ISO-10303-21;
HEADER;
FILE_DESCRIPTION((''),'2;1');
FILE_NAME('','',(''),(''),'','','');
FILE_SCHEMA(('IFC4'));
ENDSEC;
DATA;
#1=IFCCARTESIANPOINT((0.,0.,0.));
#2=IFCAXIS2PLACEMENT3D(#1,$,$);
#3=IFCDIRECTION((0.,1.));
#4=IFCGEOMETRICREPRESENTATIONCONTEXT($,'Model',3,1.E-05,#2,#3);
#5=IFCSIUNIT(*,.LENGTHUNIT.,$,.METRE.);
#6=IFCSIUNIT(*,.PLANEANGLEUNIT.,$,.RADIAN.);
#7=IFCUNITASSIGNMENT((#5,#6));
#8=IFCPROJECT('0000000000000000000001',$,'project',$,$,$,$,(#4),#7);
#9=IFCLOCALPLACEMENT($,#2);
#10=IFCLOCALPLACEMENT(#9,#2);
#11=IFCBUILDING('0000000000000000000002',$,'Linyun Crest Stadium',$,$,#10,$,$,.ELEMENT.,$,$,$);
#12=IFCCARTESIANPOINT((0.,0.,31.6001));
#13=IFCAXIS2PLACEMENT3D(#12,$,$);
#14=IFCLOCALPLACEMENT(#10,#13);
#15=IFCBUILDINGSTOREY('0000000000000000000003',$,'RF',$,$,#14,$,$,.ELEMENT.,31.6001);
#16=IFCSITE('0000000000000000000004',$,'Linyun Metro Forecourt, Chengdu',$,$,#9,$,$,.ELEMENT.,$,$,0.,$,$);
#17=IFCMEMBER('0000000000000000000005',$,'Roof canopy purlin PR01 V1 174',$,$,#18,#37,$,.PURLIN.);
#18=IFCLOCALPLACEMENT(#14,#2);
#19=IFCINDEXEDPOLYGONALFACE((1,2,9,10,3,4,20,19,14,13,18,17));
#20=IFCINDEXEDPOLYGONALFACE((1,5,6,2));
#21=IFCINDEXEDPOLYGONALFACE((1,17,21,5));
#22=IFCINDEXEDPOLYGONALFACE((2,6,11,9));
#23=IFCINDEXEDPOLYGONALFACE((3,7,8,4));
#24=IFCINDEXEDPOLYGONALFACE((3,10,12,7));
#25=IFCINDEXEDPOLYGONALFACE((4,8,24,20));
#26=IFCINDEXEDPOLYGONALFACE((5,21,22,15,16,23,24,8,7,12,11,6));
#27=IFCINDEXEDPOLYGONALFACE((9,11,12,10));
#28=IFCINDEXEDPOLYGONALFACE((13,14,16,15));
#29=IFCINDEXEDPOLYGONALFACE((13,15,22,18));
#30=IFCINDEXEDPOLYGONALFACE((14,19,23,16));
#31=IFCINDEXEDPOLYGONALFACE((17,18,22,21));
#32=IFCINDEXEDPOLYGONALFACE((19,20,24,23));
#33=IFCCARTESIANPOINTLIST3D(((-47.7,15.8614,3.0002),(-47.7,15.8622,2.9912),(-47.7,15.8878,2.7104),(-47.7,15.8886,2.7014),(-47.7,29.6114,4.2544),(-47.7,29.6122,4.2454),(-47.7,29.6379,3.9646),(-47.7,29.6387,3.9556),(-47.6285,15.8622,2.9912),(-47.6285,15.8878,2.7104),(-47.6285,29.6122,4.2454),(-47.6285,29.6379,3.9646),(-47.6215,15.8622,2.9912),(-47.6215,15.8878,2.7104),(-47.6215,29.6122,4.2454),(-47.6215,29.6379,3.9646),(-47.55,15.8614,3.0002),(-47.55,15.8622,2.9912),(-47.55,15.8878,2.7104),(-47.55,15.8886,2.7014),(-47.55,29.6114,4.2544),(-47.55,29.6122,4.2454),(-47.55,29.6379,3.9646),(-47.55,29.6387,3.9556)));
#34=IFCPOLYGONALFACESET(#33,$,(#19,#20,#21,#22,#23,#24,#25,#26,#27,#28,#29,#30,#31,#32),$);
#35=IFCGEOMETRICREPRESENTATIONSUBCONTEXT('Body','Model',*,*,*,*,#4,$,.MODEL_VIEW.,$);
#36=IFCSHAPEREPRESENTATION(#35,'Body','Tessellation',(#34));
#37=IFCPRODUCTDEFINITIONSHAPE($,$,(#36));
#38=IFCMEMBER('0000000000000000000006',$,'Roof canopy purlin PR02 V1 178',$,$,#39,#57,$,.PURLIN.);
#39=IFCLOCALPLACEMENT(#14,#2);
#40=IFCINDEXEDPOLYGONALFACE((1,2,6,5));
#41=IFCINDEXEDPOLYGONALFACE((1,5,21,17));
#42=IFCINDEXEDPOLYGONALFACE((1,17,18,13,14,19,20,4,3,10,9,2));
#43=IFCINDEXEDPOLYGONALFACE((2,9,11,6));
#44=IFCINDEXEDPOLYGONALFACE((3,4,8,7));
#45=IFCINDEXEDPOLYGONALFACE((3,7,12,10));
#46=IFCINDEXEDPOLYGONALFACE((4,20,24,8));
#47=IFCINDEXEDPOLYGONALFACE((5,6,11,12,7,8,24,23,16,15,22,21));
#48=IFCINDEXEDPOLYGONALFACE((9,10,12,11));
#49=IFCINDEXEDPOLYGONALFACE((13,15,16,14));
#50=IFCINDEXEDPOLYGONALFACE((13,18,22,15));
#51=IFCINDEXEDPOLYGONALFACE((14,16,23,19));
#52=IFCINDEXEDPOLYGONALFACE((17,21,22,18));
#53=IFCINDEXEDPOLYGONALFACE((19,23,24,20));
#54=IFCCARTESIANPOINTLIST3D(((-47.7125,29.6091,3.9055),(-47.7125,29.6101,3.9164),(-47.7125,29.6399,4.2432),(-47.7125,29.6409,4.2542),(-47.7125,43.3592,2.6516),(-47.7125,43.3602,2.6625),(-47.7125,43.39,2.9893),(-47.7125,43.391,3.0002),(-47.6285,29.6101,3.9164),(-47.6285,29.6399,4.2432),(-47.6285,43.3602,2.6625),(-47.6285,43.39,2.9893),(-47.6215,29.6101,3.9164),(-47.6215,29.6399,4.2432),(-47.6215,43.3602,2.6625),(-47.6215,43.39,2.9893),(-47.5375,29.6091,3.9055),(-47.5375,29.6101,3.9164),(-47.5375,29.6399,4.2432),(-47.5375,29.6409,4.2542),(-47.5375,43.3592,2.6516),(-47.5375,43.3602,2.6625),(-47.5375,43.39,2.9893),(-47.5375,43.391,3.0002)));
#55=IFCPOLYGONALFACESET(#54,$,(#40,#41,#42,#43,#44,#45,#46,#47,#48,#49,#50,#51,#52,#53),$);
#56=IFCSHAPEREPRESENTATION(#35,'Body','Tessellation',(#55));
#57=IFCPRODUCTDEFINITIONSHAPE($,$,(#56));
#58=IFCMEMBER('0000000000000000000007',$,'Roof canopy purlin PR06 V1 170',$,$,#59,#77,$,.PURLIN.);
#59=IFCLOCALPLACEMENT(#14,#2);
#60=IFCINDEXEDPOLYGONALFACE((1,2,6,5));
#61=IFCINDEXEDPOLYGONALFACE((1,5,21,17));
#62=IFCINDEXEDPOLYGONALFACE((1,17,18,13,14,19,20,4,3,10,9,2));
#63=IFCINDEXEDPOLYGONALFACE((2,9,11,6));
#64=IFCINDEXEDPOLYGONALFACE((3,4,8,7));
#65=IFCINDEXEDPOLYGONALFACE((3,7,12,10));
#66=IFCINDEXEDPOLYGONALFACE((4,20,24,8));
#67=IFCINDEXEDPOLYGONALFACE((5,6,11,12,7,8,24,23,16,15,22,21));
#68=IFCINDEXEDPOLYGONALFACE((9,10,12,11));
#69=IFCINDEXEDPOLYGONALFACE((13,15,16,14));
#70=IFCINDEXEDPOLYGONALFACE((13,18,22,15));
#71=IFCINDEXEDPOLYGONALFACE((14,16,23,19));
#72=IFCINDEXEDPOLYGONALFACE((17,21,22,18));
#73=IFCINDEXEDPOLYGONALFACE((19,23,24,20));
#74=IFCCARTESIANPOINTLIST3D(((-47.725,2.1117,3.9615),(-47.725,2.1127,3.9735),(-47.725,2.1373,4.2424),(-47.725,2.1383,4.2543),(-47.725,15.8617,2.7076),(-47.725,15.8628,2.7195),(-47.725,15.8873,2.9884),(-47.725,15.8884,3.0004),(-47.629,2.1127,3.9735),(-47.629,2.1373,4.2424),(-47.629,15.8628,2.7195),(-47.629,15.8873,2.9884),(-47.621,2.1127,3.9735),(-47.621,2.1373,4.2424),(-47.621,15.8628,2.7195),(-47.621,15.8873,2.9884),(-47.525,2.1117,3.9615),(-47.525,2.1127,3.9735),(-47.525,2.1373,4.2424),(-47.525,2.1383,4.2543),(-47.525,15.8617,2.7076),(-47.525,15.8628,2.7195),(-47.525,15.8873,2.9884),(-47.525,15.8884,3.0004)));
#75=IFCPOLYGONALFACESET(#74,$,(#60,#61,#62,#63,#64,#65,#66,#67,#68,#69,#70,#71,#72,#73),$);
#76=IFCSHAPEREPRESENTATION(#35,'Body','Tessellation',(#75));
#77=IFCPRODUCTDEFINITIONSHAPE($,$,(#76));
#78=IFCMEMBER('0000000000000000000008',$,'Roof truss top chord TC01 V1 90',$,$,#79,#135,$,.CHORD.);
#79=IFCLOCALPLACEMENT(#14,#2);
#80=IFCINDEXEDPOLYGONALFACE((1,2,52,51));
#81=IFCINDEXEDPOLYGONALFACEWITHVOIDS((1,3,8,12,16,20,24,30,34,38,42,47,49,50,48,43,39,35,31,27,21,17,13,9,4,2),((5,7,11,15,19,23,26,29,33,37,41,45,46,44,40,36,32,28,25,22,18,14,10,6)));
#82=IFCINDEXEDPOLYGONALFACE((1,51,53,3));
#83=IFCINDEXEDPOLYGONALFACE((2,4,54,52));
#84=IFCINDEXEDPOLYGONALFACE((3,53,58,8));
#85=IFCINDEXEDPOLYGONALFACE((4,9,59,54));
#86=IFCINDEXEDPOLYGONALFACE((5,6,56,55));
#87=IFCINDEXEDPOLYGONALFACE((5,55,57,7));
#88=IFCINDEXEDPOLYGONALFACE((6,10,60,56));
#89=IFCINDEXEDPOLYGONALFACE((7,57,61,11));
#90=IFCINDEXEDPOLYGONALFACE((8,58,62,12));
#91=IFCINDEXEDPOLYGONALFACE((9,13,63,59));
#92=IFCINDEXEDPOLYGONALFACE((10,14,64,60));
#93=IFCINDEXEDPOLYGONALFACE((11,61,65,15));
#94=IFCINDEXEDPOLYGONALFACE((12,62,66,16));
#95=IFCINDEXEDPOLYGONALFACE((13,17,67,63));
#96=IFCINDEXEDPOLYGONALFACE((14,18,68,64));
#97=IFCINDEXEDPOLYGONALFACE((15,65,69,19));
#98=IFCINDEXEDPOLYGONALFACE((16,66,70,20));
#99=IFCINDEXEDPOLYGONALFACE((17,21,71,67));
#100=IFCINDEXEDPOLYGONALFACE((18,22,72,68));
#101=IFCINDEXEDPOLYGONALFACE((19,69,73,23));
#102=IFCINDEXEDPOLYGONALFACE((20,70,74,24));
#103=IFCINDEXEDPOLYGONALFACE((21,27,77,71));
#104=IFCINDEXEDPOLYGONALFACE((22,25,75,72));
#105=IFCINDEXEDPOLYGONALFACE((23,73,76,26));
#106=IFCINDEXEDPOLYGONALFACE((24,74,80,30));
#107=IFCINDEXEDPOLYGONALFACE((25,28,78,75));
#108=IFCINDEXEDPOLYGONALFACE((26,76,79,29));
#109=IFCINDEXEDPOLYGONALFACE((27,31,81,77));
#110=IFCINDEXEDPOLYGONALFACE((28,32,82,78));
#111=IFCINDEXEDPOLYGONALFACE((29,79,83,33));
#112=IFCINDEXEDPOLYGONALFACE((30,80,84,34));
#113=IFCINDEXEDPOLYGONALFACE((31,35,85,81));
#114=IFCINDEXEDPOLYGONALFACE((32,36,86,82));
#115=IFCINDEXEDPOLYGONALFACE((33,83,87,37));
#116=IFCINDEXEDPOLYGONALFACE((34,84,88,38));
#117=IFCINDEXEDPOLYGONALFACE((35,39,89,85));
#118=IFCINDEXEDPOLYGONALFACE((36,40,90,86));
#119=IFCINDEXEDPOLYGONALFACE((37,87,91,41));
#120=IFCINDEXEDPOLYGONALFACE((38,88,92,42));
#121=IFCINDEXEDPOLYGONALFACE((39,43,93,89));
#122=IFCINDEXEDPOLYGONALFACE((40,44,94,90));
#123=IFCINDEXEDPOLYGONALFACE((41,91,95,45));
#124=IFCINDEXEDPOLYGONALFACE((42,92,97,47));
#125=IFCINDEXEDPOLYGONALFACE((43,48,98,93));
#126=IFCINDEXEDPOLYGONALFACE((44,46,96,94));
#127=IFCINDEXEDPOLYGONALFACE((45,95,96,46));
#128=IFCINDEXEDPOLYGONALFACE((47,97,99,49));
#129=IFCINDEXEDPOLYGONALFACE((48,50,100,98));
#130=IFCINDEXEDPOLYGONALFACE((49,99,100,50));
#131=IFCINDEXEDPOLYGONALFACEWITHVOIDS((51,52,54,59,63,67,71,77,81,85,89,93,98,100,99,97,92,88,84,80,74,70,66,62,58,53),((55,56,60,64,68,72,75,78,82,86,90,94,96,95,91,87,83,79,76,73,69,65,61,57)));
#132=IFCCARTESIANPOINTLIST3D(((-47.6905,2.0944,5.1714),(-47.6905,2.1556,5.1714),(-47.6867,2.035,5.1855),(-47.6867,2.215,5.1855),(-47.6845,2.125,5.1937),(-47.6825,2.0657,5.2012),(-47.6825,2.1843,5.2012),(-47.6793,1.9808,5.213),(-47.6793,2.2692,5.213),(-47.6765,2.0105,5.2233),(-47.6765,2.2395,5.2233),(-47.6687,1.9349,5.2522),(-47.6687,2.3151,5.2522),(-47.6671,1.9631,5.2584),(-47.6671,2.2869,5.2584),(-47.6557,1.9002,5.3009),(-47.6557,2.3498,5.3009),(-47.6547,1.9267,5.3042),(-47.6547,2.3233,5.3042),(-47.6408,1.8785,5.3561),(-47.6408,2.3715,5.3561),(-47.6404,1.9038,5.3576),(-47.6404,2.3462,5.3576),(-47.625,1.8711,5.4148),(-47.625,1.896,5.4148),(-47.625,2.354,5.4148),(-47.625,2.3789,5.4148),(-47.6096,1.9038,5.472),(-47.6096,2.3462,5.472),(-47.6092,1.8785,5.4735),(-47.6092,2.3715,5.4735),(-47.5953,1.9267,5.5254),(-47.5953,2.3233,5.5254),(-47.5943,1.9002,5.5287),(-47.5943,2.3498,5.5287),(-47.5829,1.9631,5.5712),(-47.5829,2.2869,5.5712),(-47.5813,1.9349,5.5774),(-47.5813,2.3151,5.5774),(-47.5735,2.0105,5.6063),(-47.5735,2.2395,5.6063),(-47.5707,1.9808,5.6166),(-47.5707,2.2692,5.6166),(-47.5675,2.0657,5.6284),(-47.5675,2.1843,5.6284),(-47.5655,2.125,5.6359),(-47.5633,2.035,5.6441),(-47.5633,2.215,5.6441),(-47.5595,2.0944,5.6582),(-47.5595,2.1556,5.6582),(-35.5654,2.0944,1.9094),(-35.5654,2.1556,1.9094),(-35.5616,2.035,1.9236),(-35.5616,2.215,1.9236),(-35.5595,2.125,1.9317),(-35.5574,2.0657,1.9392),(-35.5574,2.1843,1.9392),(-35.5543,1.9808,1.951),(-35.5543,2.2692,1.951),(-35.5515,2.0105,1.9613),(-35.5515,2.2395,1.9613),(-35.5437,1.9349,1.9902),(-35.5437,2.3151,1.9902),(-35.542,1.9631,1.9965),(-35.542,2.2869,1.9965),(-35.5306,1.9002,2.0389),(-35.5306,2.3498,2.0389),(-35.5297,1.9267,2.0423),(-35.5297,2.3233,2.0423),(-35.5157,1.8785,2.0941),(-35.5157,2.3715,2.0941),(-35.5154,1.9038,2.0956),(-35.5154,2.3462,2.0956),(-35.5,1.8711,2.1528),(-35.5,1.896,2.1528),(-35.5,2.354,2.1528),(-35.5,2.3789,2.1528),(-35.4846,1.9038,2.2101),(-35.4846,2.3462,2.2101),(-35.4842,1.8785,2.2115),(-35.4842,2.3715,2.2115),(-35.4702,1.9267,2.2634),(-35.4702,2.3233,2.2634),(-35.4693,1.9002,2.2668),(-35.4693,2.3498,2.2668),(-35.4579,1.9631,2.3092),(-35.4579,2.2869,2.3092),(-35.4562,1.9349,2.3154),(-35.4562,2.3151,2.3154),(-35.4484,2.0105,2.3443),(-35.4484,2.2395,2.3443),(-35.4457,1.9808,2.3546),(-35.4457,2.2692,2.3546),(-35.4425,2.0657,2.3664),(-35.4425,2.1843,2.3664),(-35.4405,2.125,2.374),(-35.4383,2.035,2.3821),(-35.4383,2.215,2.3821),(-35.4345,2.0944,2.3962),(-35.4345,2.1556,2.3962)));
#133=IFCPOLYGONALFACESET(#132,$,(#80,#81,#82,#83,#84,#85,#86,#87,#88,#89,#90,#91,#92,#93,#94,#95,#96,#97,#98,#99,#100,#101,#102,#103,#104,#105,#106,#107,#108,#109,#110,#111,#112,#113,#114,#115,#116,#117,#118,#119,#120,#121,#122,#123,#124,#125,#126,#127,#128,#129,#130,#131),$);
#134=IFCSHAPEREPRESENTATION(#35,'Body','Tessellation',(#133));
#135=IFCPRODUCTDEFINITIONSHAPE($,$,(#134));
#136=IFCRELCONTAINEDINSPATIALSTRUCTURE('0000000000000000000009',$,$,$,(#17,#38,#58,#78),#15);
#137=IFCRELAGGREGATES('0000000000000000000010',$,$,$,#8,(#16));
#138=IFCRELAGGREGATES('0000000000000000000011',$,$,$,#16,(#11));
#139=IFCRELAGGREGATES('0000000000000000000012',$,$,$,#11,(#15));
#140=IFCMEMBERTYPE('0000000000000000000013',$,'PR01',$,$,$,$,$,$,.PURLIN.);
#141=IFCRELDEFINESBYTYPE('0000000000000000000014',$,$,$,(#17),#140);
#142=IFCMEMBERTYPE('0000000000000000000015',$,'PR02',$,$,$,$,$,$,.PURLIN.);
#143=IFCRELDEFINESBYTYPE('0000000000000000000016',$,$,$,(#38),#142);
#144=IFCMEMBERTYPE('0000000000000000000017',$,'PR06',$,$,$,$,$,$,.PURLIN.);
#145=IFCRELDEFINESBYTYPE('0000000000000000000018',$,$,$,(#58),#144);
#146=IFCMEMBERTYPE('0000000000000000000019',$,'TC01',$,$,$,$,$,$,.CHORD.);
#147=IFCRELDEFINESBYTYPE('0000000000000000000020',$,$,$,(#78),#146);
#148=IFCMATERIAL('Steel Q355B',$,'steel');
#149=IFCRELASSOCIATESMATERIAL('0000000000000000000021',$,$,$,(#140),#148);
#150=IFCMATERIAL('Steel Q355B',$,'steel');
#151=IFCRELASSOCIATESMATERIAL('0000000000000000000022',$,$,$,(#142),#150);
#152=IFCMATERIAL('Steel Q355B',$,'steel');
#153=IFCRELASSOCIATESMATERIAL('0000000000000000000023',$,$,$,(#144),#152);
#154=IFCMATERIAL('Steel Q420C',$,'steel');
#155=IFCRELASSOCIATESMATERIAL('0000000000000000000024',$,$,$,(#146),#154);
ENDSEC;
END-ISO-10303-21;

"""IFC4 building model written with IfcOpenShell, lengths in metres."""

from ifc_helpers import new_model, si_unit, direction, frame, origin, origin_2d, place, context, subcontext, project, spatial, hollow_circle, i_section, extrude, material, material_profile, profile_set, type_object, element, save


model = new_model("IFC4")

# Units and contexts
model_context = context("Model", 3, precision=1e-05, world=origin(), true_north=direction((0.0, 1.0)))
body_context = subcontext(model_context, "Body", "Model", "MODEL_VIEW")
ifc_project = project(units=[si_unit("LENGTHUNIT", "METRE"), si_unit("PLANEANGLEUNIT", "RADIAN")], contexts=[model_context])

# Site, building, storey
site_placement = place(None, origin())
site = spatial("IfcSite", under=ifc_project, at=site_placement, Name="Linyun Metro Forecourt, Chengdu", CompositionType="ELEMENT", RefElevation=0.0)
building_placement = place(site_placement, origin())
building = spatial("IfcBuilding", under=site, at=building_placement, Name="Linyun Crest Stadium", CompositionType="ELEMENT")
storey_placement = place(building_placement, frame((0.0, 0.0, 31.6001)))
storey = spatial("IfcBuildingStorey", under=building, at=storey_placement, Name="RF", CompositionType="ELEMENT", Elevation=31.6001)

# Members
ifc_material_1 = material(Name="Steel Q355B", Category="steel")
ifc_material_profile_1 = material_profile(ifc_material_1, i_section(OverallWidth=0.1499, OverallDepth=0.3, WebThickness=0.0071, FlangeThickness=0.009, at=origin_2d()), Name="HN 300x150")
ifc_profile_set_1 = profile_set([ifc_material_profile_1], Name="Steel Q355B")
member_type_1 = type_object("IfcMemberType", Name="PR01", PredefinedType="PURLIN", material=ifc_profile_set_1)
member_1_placement = place(storey_placement, frame((-47.625, 15.875, 2.8508), z_axis=(0.0, 0.995866, 0.090834), x_axis=(-1.0, 0.0, 0.0)))
element("IfcMember", 1, at=member_1_placement, inside=storey, type_object=member_type_1, Name="Roof canopy purlin PR01 V1 174", PredefinedType="PURLIN", context=body_context, shape_type="SweptSolid", body=[
    extrude(i_section(OverallWidth=0.1499, OverallDepth=0.3, WebThickness=0.0071, FlangeThickness=0.009, at=origin_2d()), origin(), (0.0, 0.0, 1.0), 13.8071),
])
ifc_material_2 = material(Name="Steel Q355B", Category="steel")
ifc_material_profile_2 = material_profile(ifc_material_2, i_section(OverallWidth=0.175, OverallDepth=0.3501, WebThickness=0.0071, FlangeThickness=0.011, at=origin_2d()), Name="HN 350x175")
ifc_profile_set_2 = profile_set([ifc_material_profile_2], Name="Steel Q355B")
member_type_2 = type_object("IfcMemberType", Name="PR02", PredefinedType="PURLIN", material=ifc_profile_set_2)
member_2_placement = place(storey_placement, frame((-47.625, 29.625, 4.0798), z_axis=(0.0, 0.995868, -0.090816), x_axis=(-1.0, 0.0, 0.0)))
element("IfcMember", 2, at=member_2_placement, inside=storey, type_object=member_type_2, Name="Roof canopy purlin PR02 V1 178", PredefinedType="PURLIN", context=body_context, shape_type="SweptSolid", body=[
    extrude(i_section(OverallWidth=0.175, OverallDepth=0.3501, WebThickness=0.0071, FlangeThickness=0.011, at=origin_2d()), origin(), (0.0, 0.0, 1.0), 13.8071),
])
ifc_material_3 = material(Name="Steel Q355B", Category="steel")
ifc_material_profile_3 = material_profile(ifc_material_3, i_section(OverallWidth=0.2, OverallDepth=0.2939, WebThickness=0.0081, FlangeThickness=0.012, at=origin_2d()), Name="HM 294x200")
ifc_profile_set_3 = profile_set([ifc_material_profile_3], Name="Steel Q355B")
member_type_3 = type_object("IfcMemberType", Name="PR06", PredefinedType="PURLIN", material=ifc_profile_set_3)
member_3_placement = place(storey_placement, frame((-47.625, 2.125, 4.1079), z_axis=(0.0, 0.995868, -0.090816), x_axis=(-1.0, 0.0, 0.0)))
element("IfcMember", 3, at=member_3_placement, inside=storey, type_object=member_type_3, Name="Roof canopy purlin PR06 V1 170", PredefinedType="PURLIN", context=body_context, shape_type="SweptSolid", body=[
    extrude(i_section(OverallWidth=0.2, OverallDepth=0.2939, WebThickness=0.0081, FlangeThickness=0.012, at=origin_2d()), origin(), (0.0, 0.0, 1.0), 13.8071),
])
ifc_material_4 = material(Name="Steel Q420C", Category="steel")
ifc_material_profile_4 = material_profile(ifc_material_4, hollow_circle(Radius=0.2539, WallThickness=0.0249, at=origin_2d()), Name="CHS 508x25")
ifc_profile_set_4 = profile_set([ifc_material_profile_4], Name="Steel Q420C")
member_type_4 = type_object("IfcMemberType", Name="TC01", PredefinedType="CHORD", material=ifc_profile_set_4)
member_4_placement = place(storey_placement, frame((-47.625, 2.125, 5.4148), z_axis=(0.965665, 0.0, -0.259791), x_axis=(0.0, 1.0, 0.0)))
element("IfcMember", 4, at=member_4_placement, inside=storey, type_object=member_type_4, Name="Roof truss top chord TC01 V1 90", PredefinedType="CHORD", context=body_context, shape_type="SweptSolid", body=[
    extrude(hollow_circle(Radius=0.2539, WallThickness=0.0249, at=origin_2d()), origin(), (0.0, 0.0, 1.0), 12.5562),
])

save(model, "model.ifc")
